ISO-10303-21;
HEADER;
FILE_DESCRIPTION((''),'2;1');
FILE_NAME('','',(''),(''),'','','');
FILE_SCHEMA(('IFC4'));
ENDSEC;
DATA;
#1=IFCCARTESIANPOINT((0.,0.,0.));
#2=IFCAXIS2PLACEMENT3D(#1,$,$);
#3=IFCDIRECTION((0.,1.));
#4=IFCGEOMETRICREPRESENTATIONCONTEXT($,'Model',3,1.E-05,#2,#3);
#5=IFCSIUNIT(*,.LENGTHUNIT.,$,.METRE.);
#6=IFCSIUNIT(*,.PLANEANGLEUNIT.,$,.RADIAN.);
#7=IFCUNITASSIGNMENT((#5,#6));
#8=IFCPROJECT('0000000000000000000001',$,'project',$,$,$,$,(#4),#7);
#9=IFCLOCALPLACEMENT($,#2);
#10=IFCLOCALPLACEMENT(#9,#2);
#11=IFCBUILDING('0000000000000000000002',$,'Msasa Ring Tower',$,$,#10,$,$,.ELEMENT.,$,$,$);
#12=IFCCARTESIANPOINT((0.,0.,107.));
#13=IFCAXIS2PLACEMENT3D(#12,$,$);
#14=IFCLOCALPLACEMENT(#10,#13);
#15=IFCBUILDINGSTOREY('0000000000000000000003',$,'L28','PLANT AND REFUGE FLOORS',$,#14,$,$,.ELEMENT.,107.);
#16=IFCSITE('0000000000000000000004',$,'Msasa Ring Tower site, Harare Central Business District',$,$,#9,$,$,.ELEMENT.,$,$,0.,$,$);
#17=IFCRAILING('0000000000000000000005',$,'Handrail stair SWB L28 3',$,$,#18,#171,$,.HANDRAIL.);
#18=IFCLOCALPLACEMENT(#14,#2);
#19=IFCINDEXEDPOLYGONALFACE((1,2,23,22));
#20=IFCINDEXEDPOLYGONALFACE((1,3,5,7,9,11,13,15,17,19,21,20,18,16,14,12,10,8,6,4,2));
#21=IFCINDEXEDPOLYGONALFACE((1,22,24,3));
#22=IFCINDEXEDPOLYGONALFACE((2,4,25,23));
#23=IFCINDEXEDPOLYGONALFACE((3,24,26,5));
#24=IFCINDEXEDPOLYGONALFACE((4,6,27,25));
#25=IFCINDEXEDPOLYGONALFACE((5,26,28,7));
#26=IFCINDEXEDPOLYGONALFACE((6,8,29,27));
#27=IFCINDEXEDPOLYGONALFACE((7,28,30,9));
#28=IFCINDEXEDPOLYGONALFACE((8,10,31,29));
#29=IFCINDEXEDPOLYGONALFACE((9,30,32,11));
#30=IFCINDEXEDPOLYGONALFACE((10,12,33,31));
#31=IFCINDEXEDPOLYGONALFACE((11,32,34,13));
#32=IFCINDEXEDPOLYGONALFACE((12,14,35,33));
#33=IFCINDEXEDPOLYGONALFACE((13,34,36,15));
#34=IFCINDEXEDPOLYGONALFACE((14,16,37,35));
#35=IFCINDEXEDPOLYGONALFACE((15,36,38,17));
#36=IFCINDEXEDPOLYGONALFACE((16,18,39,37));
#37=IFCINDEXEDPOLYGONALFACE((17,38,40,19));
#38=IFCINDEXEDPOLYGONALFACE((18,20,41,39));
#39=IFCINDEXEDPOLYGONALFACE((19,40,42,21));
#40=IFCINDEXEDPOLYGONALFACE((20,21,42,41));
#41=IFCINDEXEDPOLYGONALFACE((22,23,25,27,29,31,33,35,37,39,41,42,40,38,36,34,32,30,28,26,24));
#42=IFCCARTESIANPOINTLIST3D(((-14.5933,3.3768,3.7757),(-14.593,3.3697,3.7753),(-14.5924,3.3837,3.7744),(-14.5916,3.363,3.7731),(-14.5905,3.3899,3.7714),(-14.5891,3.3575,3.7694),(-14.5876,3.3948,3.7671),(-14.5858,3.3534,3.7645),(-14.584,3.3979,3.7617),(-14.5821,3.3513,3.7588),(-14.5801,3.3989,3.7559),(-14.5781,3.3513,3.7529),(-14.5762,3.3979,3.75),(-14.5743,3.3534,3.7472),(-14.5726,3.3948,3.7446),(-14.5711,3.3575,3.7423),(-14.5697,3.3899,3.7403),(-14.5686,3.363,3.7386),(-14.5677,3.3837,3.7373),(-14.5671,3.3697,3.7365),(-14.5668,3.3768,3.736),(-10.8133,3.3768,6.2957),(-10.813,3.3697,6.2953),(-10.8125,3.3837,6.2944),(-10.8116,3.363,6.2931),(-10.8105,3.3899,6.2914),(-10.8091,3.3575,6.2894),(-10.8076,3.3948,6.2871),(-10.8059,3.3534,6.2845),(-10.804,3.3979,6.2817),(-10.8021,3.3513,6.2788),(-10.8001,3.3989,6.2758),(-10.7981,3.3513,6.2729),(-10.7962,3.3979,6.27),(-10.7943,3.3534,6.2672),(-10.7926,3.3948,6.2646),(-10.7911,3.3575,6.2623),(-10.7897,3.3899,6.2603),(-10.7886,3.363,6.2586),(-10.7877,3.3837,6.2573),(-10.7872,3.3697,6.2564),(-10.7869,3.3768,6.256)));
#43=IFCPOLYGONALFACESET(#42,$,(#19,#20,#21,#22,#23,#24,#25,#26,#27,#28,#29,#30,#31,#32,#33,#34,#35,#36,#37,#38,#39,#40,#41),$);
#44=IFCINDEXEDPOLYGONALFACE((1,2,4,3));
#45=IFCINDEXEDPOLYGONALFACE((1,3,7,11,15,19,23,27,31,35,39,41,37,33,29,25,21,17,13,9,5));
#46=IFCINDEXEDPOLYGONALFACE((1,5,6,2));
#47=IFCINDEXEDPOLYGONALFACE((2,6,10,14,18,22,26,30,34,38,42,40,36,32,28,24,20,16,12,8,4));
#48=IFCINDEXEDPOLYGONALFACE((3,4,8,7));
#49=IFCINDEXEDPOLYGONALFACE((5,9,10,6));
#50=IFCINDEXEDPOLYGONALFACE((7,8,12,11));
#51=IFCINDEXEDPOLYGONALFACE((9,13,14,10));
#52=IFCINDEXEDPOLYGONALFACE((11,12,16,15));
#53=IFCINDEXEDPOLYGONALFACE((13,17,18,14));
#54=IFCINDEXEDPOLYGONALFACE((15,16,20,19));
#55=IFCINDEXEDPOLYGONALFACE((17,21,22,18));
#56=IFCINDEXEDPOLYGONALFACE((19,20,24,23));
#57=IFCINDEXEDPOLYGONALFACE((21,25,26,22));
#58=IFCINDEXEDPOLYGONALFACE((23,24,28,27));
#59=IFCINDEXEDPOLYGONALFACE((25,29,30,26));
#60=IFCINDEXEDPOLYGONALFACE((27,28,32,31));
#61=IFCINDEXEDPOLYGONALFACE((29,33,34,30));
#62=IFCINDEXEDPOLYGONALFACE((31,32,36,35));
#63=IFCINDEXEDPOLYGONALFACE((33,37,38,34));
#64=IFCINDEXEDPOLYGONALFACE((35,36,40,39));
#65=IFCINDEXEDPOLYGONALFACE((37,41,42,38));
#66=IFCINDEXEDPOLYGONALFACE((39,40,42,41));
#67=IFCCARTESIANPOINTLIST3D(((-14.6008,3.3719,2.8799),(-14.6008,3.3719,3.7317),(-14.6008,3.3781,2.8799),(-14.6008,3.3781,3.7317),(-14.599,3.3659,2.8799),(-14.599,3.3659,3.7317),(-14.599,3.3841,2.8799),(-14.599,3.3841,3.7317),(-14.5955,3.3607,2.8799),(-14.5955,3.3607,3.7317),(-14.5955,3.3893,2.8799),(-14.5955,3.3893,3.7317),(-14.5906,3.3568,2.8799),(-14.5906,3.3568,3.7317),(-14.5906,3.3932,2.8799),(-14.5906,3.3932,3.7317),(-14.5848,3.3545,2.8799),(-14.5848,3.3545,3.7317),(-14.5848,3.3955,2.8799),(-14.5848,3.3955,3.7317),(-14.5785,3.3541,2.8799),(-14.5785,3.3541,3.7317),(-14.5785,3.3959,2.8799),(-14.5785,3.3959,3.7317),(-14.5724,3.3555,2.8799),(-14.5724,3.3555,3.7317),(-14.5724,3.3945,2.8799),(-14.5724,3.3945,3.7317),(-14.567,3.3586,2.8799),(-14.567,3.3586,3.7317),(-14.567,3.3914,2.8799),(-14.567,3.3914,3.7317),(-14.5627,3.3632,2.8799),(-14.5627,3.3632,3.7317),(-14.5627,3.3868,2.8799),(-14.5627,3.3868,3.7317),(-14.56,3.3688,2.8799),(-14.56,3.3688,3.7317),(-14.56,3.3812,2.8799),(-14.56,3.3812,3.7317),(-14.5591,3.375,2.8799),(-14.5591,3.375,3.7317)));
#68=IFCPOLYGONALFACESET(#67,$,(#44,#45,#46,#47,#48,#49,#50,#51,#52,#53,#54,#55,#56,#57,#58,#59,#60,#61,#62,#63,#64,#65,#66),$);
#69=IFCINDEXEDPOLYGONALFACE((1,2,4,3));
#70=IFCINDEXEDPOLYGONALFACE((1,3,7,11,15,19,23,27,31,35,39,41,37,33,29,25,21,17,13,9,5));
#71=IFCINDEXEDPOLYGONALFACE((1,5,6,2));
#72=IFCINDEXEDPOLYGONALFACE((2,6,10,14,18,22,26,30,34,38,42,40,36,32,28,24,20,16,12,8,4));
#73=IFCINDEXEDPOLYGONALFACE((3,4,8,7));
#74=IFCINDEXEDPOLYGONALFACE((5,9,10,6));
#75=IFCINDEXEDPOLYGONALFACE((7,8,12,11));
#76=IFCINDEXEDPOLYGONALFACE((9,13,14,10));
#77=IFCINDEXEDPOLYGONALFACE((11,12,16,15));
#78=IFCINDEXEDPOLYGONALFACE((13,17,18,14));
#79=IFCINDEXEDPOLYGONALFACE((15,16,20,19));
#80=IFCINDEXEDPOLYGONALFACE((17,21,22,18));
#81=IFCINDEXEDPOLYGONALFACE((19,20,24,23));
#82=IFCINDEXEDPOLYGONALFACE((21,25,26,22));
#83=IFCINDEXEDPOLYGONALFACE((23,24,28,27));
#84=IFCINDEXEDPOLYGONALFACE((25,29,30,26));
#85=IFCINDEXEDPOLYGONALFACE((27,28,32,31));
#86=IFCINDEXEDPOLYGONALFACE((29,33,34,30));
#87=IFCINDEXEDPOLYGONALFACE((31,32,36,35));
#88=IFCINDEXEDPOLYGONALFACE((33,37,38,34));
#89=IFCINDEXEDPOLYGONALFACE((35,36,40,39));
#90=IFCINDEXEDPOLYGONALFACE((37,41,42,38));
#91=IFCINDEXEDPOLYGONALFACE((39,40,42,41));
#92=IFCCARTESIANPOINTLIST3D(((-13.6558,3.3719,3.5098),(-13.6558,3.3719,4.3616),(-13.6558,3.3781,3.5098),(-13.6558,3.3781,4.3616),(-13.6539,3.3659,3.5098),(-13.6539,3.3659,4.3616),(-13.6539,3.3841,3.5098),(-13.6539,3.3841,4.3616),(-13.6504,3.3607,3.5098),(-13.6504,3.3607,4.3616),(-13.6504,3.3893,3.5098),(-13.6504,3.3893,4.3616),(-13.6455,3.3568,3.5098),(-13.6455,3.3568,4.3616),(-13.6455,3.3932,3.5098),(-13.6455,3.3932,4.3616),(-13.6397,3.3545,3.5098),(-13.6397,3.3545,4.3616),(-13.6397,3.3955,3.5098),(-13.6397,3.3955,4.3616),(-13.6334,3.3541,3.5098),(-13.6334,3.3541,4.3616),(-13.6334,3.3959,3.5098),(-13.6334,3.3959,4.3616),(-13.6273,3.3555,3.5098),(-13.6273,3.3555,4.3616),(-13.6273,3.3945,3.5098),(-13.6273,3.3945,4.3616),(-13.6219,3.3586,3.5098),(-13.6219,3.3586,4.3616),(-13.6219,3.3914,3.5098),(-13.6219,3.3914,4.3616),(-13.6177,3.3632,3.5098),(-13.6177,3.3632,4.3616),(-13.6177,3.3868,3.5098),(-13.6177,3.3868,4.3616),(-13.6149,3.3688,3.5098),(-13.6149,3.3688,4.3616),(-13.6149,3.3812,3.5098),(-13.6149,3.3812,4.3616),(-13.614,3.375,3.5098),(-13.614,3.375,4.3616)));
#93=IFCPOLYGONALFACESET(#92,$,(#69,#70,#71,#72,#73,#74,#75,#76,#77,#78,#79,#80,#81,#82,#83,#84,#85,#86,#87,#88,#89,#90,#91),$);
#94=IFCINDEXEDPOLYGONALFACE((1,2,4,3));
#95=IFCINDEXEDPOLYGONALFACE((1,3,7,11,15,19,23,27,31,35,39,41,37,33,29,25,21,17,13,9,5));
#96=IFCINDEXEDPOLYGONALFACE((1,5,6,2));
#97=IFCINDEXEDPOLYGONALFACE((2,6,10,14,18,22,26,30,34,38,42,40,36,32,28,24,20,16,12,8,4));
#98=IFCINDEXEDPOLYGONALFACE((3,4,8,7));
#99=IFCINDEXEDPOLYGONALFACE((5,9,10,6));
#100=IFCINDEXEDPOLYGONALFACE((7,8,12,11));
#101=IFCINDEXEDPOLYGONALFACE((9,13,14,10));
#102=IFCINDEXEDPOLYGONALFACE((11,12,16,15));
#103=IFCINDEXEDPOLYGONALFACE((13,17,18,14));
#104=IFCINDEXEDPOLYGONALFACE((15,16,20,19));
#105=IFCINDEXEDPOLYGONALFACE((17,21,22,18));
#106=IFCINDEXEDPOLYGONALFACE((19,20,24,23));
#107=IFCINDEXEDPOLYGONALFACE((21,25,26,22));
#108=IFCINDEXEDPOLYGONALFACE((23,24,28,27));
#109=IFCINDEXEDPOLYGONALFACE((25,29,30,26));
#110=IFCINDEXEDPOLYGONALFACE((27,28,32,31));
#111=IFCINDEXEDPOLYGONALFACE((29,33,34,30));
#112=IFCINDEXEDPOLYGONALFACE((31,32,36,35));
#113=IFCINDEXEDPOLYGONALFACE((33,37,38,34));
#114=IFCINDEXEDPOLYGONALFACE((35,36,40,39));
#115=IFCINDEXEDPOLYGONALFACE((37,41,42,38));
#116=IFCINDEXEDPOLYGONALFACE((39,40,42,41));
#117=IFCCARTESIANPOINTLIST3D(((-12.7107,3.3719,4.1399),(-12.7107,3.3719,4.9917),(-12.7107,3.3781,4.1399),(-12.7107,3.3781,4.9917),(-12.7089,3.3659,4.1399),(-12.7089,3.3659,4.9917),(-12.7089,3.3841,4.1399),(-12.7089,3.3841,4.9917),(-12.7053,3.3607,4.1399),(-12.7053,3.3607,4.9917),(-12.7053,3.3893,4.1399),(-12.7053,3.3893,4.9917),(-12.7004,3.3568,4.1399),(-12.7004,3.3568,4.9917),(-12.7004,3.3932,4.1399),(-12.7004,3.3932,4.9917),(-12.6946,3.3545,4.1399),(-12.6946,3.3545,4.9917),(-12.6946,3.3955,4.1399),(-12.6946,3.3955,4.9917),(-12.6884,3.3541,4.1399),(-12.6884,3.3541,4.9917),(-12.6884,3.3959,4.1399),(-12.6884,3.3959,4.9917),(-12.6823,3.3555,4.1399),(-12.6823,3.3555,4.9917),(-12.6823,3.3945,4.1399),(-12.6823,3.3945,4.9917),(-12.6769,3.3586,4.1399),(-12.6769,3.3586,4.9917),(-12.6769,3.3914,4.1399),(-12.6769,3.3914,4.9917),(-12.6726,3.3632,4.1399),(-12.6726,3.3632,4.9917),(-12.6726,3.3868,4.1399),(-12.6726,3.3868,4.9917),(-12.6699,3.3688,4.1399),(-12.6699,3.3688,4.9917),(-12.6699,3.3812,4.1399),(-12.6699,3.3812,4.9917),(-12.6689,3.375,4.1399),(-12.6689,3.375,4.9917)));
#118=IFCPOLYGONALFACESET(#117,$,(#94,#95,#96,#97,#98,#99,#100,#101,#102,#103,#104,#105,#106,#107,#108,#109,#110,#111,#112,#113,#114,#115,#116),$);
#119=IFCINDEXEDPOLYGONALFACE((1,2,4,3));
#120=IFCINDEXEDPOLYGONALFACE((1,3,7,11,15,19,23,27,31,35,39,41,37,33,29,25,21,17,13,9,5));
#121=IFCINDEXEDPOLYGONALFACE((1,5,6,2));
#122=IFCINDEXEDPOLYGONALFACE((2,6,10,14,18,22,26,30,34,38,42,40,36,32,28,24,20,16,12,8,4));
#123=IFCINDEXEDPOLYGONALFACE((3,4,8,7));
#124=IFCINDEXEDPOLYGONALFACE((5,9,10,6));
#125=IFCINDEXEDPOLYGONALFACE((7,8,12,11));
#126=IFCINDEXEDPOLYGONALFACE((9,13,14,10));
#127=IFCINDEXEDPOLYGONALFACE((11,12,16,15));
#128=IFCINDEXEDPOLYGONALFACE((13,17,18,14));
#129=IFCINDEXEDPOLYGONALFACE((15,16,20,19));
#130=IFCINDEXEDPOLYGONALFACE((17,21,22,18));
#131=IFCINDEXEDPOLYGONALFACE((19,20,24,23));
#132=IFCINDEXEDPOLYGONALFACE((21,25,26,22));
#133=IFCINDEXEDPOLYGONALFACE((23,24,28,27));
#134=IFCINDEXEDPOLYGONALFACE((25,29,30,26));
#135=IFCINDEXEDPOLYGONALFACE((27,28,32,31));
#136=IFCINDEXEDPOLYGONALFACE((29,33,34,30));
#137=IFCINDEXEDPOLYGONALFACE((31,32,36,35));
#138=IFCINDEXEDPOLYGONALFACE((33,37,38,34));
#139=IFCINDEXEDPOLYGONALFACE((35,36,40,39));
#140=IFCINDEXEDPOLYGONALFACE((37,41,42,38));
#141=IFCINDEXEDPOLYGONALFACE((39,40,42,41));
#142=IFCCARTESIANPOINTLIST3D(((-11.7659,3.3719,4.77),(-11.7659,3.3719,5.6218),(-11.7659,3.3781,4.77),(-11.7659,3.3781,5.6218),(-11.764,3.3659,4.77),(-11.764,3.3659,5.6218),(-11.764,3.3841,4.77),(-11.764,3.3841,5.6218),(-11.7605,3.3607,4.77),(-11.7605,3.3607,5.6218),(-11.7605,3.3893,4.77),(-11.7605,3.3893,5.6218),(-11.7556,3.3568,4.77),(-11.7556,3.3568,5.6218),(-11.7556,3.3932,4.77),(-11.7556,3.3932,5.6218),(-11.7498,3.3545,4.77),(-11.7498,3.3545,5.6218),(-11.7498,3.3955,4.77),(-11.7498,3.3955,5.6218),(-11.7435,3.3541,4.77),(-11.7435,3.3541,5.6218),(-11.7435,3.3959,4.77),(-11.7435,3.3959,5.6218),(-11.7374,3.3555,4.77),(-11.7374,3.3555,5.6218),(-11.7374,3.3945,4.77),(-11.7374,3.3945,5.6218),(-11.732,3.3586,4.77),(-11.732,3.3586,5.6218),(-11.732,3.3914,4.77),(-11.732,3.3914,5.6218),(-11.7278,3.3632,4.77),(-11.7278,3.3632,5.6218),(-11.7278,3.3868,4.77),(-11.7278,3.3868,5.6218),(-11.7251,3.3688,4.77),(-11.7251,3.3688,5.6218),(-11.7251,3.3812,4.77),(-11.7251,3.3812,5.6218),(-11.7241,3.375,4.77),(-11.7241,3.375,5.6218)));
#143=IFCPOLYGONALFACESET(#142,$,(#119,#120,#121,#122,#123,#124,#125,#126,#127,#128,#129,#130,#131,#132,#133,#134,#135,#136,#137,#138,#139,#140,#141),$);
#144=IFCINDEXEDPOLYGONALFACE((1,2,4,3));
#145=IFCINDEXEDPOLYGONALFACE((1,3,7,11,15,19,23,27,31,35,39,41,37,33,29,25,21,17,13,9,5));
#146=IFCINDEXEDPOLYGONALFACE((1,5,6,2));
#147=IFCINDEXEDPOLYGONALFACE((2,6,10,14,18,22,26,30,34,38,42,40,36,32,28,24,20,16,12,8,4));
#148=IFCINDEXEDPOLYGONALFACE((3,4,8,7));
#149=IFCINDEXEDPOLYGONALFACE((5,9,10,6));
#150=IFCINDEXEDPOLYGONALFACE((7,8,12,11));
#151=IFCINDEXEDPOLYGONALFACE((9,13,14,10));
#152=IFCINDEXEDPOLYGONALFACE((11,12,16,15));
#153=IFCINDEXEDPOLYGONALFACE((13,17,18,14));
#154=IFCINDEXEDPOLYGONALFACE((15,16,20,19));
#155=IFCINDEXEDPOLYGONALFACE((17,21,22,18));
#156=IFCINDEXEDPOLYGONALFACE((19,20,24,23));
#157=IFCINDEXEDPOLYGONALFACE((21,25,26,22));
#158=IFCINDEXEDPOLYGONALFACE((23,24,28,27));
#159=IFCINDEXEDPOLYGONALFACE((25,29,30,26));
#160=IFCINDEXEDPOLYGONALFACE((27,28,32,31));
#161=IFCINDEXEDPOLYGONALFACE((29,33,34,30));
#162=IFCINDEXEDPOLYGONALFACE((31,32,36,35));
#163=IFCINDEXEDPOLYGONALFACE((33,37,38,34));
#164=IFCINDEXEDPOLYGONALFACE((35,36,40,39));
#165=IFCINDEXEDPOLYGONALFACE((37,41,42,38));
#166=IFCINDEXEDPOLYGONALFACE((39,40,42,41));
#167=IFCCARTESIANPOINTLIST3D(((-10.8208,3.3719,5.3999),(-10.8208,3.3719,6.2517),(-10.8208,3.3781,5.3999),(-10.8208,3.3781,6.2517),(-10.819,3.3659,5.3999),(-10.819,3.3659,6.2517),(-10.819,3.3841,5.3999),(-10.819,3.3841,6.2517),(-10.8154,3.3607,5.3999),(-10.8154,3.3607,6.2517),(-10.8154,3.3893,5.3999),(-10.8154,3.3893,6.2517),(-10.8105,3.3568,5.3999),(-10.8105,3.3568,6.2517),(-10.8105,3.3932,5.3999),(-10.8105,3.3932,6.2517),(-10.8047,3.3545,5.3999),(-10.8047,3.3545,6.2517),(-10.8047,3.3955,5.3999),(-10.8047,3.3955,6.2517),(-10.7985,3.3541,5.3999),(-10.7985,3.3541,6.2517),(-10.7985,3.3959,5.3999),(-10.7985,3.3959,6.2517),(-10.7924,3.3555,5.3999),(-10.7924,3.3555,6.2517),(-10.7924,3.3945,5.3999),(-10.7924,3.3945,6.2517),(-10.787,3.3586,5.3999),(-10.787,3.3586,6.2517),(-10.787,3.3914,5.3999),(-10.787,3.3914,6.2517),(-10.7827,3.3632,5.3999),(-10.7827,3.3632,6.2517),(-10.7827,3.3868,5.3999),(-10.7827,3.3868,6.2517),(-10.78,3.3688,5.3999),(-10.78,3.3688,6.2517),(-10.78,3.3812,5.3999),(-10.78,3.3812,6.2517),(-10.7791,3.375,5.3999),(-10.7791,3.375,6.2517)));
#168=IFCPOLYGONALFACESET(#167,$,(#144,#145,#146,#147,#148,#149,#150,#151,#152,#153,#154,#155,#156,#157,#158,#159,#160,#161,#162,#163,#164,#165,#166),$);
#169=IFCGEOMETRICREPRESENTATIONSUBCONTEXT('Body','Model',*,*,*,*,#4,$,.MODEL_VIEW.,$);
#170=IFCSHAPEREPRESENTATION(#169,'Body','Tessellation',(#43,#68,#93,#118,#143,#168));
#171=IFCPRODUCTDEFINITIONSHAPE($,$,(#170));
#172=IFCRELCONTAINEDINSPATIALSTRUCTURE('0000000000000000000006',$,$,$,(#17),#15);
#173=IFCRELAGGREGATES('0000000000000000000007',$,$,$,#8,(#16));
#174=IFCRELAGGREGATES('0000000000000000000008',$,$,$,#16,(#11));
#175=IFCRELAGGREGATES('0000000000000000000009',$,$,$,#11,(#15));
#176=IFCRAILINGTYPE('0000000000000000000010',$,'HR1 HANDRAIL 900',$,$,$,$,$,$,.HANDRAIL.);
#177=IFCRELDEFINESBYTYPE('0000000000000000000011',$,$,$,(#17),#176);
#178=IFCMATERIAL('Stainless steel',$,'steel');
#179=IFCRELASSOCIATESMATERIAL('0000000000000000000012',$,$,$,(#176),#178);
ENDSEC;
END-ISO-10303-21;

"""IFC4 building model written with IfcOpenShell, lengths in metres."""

from ifc_helpers import new_model, si_unit, direction, frame, origin, origin_2d, place, context, subcontext, project, spatial, circle, extrude, material, type_object, element, save


model = new_model("IFC4")

# Units and contexts
model_context = context("Model", 3, precision=1e-05, world=origin(), true_north=direction((0.0, 1.0)))
body_context = subcontext(model_context, "Body", "Model", "MODEL_VIEW")
ifc_project = project(units=[si_unit("LENGTHUNIT", "METRE"), si_unit("PLANEANGLEUNIT", "RADIAN")], contexts=[model_context])

# Site, building, storey
site_placement = place(None, origin())
site = spatial("IfcSite", under=ifc_project, at=site_placement, Name="Msasa Ring Tower site, Harare Central Business District", CompositionType="ELEMENT", RefElevation=0.0)
building_placement = place(site_placement, origin())
building = spatial("IfcBuilding", under=site, at=building_placement, Name="Msasa Ring Tower", CompositionType="ELEMENT")
storey_placement = place(building_placement, frame((0.0, 0.0, 107.0)))
storey = spatial("IfcBuildingStorey", under=building, at=storey_placement, Name="L28", Description="PLANT AND REFUGE FLOORS", CompositionType="ELEMENT", Elevation=107.0)

# Railing
ifc_material_1 = material(Name="Stainless steel", Category="steel")
railing_type = type_object("IfcRailingType", Name="HR1 HANDRAIL 900", PredefinedType="HANDRAIL", material=ifc_material_1)
for number, where, name in (
    (1, (-14.5801, 3.375, 2.8799), "Handrail stair SWB L28 3"),
):
    element("IfcRailing", number, at=place(storey_placement, frame(where)), inside=storey, type_object=railing_type, Name=name, PredefinedType="HANDRAIL", context=body_context, shape_type="SweptSolid", body=[
        extrude(circle(Radius=0.0239, at=origin_2d()), frame((0.0, 0.0, 0.876), z_axis=(0.83205, 0.0, 0.5547), x_axis=(0.0, 1.0, 0.0)), (0.0, 0.0, 1.0), 4.543),
        extrude(circle(Radius=0.021, at=origin_2d()), origin(), (0.0, 0.0, 1.0), 0.8518),
        extrude(circle(Radius=0.021, at=origin_2d()), frame((0.9451, 0.0, 0.6299)), (0.0, 0.0, 1.0), 0.8518),
        extrude(circle(Radius=0.021, at=origin_2d()), frame((1.8901, 0.0, 1.26)), (0.0, 0.0, 1.0), 0.8518),
        extrude(circle(Radius=0.021, at=origin_2d()), frame((2.835, 0.0, 1.8901)), (0.0, 0.0, 1.0), 0.8518),
        extrude(circle(Radius=0.021, at=origin_2d()), frame((3.78, 0.0, 2.52)), (0.0, 0.0, 1.0), 0.8518),
    ])

save(model, "model.ifc")
